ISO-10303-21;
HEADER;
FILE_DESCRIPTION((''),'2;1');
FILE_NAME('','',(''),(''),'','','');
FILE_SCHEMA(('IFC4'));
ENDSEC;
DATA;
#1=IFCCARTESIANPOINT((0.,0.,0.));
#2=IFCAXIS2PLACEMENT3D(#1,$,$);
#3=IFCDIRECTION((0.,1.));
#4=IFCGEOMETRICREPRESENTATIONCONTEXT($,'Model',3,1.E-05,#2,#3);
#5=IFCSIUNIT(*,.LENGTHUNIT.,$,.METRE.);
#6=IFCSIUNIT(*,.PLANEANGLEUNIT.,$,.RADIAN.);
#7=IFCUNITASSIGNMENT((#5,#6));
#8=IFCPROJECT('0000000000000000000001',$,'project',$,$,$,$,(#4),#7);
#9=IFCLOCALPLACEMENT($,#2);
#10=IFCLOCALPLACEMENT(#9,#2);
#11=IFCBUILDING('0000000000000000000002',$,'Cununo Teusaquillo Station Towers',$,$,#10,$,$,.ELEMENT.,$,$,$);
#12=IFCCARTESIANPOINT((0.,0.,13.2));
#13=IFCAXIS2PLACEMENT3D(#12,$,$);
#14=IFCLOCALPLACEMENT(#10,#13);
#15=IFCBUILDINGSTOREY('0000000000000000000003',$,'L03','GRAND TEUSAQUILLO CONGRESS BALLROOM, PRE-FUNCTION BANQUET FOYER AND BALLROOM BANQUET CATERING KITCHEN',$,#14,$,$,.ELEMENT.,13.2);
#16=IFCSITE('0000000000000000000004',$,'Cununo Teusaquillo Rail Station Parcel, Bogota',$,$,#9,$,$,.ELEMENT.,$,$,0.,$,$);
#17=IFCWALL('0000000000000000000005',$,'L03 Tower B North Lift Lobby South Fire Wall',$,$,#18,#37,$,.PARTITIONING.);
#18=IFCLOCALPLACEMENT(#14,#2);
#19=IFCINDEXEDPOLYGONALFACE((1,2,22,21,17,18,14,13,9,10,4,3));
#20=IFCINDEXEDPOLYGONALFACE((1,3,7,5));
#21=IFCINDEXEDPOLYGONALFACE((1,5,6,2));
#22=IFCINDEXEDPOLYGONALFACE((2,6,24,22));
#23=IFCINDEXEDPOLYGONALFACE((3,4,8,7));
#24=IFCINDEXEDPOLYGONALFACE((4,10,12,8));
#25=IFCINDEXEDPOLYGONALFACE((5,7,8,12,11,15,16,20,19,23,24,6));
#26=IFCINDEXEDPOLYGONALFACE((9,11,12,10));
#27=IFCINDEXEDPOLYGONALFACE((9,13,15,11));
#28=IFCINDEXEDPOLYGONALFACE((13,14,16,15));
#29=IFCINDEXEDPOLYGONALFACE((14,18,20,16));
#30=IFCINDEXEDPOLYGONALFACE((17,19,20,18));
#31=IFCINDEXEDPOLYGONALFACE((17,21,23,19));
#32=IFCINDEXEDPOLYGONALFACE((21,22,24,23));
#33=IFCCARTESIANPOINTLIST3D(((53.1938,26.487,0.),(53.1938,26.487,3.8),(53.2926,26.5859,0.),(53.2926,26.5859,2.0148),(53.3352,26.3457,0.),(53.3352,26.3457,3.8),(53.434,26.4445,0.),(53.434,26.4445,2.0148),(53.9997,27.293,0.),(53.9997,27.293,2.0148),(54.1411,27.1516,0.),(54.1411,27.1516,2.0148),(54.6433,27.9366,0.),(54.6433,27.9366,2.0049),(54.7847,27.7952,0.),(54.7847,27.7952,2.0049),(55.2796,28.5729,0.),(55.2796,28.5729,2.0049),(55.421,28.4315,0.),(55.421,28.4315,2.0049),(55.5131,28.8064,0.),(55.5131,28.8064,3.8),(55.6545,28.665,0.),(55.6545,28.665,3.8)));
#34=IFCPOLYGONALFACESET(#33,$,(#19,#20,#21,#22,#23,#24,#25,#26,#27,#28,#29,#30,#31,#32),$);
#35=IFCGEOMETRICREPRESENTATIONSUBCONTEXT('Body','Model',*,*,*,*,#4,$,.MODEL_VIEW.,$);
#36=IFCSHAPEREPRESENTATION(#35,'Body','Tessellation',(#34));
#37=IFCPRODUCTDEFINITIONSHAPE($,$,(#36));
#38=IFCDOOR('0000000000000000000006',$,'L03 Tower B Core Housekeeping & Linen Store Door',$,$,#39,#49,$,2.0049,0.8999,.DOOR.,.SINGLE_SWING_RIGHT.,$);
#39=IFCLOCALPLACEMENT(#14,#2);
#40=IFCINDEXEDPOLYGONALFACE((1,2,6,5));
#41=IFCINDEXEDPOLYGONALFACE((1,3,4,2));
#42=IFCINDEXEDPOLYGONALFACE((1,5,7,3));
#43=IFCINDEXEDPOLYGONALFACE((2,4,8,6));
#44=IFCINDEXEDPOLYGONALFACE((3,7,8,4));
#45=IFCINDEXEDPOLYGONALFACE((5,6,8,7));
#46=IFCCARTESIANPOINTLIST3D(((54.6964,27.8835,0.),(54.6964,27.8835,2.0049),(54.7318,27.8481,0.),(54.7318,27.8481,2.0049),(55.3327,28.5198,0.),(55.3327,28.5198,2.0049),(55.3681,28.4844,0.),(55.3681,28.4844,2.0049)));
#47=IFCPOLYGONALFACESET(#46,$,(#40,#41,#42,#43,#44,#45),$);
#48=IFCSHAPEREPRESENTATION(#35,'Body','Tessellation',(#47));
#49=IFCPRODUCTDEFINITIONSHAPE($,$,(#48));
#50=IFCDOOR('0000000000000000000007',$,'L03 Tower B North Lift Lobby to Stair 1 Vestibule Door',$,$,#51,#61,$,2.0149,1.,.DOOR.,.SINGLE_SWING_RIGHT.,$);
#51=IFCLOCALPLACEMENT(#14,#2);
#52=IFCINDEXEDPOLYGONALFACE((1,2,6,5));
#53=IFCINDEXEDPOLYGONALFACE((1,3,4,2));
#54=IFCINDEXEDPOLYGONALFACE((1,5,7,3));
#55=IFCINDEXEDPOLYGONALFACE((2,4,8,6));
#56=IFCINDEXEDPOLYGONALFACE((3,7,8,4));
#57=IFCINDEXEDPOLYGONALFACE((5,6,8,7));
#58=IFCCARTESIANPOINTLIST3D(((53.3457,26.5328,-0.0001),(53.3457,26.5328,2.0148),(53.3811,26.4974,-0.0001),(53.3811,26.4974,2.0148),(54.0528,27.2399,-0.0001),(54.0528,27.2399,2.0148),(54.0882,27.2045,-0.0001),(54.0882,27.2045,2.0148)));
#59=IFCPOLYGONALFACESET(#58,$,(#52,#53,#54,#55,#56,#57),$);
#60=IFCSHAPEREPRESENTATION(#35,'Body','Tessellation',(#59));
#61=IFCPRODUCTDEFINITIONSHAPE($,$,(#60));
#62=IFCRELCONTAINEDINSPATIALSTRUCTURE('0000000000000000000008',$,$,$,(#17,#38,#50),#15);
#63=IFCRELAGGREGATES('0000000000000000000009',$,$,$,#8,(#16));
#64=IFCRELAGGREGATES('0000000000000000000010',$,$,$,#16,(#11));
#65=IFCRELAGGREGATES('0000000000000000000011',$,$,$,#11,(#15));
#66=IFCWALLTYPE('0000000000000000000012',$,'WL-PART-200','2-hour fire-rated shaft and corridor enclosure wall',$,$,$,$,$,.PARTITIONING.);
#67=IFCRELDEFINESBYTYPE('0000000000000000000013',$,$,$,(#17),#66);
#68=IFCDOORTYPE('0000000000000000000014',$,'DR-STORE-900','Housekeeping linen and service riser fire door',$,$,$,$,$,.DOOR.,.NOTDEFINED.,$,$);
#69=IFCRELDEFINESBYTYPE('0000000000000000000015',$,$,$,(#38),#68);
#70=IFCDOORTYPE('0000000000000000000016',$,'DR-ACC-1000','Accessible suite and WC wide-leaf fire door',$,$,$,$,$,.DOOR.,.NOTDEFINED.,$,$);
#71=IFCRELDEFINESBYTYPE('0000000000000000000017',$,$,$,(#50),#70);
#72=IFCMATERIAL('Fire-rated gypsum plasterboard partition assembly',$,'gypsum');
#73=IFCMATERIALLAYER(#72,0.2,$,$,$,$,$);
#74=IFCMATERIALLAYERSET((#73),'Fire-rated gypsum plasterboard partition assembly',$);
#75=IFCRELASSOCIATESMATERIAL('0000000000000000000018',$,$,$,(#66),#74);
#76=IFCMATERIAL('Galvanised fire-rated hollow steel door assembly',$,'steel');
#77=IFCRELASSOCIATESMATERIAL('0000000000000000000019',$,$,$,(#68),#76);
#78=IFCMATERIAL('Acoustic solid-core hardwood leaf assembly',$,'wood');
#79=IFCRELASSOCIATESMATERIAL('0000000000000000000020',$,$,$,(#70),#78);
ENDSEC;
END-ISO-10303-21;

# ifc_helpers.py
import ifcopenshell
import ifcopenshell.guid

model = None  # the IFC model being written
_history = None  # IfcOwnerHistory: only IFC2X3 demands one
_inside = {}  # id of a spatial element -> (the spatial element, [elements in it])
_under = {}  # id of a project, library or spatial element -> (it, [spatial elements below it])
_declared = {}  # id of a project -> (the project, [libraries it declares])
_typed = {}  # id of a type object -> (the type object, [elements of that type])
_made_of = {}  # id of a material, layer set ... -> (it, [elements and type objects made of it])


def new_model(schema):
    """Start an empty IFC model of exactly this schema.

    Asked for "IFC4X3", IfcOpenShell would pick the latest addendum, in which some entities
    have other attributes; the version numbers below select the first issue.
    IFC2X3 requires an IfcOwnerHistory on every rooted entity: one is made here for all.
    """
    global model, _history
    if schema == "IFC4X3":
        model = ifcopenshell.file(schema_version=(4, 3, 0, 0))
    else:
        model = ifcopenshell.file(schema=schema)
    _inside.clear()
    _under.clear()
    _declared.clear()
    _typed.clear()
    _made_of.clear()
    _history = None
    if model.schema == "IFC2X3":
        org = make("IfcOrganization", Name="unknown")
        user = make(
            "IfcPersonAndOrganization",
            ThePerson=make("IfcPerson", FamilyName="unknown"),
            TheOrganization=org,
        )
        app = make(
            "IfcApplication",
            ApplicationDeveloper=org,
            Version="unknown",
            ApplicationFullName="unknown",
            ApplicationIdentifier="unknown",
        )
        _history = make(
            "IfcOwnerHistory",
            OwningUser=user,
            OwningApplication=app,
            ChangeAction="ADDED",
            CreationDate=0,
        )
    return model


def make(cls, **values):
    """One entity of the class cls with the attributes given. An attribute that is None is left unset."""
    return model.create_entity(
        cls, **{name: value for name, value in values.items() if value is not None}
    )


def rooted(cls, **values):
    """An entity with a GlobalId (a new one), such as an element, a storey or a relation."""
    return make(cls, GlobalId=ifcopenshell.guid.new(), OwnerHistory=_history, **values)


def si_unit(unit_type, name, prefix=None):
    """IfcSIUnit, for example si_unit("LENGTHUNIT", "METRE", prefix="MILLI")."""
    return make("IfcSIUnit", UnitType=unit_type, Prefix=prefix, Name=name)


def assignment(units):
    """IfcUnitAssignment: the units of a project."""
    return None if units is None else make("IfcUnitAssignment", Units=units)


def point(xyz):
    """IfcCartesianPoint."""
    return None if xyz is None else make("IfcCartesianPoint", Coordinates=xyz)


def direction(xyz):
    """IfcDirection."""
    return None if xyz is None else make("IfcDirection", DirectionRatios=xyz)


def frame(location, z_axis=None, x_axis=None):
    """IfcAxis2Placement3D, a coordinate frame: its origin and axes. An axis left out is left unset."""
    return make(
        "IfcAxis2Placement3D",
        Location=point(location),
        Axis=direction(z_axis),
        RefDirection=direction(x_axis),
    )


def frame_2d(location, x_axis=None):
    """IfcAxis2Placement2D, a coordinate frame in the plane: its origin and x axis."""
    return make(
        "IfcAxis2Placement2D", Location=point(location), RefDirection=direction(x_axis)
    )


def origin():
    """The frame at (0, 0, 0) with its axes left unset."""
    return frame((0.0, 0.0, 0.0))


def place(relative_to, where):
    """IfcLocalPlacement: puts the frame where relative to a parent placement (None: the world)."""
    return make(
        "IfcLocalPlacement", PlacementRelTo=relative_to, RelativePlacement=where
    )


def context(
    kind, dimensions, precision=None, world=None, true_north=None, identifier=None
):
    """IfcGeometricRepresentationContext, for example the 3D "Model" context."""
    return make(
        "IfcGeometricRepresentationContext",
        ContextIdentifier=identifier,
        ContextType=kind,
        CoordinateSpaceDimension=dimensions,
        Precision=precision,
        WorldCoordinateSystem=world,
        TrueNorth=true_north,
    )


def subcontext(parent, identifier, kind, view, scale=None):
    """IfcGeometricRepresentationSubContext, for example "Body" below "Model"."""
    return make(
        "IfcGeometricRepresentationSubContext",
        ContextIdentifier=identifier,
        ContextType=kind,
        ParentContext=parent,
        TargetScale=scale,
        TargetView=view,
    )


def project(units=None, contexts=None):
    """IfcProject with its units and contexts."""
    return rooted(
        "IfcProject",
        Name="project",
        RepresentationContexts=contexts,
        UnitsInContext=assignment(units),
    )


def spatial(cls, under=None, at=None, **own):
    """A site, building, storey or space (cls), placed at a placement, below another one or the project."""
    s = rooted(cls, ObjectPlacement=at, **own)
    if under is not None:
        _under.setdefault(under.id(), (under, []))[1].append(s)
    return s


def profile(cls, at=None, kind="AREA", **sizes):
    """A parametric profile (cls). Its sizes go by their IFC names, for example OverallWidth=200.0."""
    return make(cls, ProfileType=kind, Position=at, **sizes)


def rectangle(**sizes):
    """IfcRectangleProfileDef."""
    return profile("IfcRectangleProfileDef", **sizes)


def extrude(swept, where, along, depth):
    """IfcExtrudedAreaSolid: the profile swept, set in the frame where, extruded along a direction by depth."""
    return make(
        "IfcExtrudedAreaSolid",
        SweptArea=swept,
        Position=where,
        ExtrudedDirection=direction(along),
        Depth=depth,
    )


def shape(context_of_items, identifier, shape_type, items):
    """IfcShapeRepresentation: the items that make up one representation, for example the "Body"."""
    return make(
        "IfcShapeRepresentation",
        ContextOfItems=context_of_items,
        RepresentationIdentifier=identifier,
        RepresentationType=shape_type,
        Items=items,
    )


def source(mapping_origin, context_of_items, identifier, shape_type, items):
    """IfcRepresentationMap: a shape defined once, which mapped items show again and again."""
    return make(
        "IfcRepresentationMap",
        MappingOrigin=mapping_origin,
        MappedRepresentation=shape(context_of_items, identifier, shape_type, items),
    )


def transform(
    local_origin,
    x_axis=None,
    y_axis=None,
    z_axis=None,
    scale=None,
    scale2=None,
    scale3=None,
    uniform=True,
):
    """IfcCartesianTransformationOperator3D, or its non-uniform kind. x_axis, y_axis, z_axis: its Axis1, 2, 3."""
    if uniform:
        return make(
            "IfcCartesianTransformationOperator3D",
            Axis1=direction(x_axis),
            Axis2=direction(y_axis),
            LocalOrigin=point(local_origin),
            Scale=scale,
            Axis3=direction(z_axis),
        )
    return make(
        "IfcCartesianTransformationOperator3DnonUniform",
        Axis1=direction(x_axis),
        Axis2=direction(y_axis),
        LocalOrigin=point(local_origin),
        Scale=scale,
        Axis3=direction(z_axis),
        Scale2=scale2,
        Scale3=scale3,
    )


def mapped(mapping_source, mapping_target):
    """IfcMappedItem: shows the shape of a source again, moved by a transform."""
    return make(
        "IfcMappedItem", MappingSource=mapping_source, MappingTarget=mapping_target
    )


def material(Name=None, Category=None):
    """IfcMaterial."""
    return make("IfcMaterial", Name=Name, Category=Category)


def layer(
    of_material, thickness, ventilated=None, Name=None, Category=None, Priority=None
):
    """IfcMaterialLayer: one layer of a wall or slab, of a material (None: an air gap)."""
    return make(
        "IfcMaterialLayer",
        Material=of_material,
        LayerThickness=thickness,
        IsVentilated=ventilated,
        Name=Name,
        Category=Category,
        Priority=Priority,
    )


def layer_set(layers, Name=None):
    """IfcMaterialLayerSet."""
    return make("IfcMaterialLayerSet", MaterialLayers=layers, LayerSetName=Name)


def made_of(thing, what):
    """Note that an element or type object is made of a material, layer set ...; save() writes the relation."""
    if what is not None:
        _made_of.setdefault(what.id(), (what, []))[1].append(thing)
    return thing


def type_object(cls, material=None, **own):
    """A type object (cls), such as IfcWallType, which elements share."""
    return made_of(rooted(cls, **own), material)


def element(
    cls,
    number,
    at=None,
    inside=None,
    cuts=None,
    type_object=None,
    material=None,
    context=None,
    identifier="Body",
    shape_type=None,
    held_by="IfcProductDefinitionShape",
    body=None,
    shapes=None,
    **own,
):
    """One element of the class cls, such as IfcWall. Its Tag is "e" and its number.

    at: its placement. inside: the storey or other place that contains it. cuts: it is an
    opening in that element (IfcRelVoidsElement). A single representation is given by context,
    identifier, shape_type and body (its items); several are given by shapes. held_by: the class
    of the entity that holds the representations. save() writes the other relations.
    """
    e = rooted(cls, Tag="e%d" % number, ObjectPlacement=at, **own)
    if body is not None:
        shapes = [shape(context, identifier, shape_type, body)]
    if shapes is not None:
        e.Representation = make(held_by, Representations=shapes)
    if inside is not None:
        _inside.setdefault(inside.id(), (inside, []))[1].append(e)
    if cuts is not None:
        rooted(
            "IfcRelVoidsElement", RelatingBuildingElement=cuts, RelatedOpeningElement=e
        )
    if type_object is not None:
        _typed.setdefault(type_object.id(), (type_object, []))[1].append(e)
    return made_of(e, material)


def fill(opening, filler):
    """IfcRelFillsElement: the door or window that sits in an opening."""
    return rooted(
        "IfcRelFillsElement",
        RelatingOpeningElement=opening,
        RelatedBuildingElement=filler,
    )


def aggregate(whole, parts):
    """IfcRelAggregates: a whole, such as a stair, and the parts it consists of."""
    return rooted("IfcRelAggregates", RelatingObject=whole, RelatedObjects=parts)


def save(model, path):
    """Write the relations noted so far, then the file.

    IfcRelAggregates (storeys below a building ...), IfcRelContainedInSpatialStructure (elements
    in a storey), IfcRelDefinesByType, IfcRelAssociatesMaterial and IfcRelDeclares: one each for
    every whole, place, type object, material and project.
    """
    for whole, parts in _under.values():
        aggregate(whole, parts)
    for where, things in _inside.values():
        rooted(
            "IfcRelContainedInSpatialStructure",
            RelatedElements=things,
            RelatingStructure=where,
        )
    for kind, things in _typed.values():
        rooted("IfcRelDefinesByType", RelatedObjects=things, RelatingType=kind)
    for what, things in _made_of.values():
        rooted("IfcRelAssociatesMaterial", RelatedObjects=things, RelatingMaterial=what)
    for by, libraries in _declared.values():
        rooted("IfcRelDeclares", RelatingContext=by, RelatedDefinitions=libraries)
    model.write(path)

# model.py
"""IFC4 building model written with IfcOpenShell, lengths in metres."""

from ifc_helpers import new_model, si_unit, direction, frame, frame_2d, origin, place, context, subcontext, project, spatial, rectangle, extrude, source, transform, mapped, material, layer, layer_set, type_object, element, fill, save


model = new_model("IFC4")

# Units and contexts
model_context = context("Model", 3, precision=1e-05, world=origin(), true_north=direction((0.0, 1.0)))
body_context = subcontext(model_context, "Body", "Model", "MODEL_VIEW")
ifc_project = project(units=[si_unit("LENGTHUNIT", "METRE"), si_unit("PLANEANGLEUNIT", "RADIAN")], contexts=[model_context])

# Site, building, storey
site_placement = place(None, origin())
site = spatial("IfcSite", under=ifc_project, at=site_placement, Name="Cununo Teusaquillo Rail Station Parcel, Bogota", CompositionType="ELEMENT", RefElevation=0.0)
building_placement = place(site_placement, origin())
building = spatial("IfcBuilding", under=site, at=building_placement, Name="Cununo Teusaquillo Station Towers", CompositionType="ELEMENT")
storey_placement = place(building_placement, frame((0.0, 0.0, 13.2)))
storey = spatial("IfcBuildingStorey", under=building, at=storey_placement, Name="L03", Description="GRAND TEUSAQUILLO CONGRESS BALLROOM, PRE-FUNCTION BANQUET FOYER AND BALLROOM BANQUET CATERING KITCHEN", CompositionType="ELEMENT", Elevation=13.2)

# Shared definitions
ifc_material_1 = material(Name="Fire-rated gypsum plasterboard partition assembly", Category="gypsum")
ifc_layer_1 = layer(ifc_material_1, 0.2)
ifc_layer_set_1 = layer_set([ifc_layer_1], Name="Fire-rated gypsum plasterboard partition assembly")
wall_type_1 = type_object("IfcWallType", Name="WL-PART-200", Description="2-hour fire-rated shaft and corridor enclosure wall", PredefinedType="PARTITIONING", material=ifc_layer_set_1)

# Wall, openings, doors
wall_1_placement = place(storey_placement, frame((53.2644, 26.4163, 0.0), z_axis=(0.0, 0.0, 1.0), x_axis=(0.707107, 0.707107, 0.0)))
wall_1 = element("IfcWall", 1, at=wall_1_placement, inside=storey, type_object=wall_type_1, Name="L03 Tower B North Lift Lobby South Fire Wall", PredefinedType="PARTITIONING", context=body_context, shape_type="SweptSolid", body=[
    extrude(rectangle(XDim=3.28, YDim=0.2, at=frame_2d((1.6401, 0.0))), origin(), (0.0, 0.0, 1.0), 3.8),
])
shared_shape_1 = source(origin(), body_context, "Body", "SweptSolid", [
    extrude(rectangle(XDim=1.0, YDim=2.0149, at=frame_2d((0.5, 1.0073))), frame((0.0, 0.1099, 0.0), z_axis=(0.0, -1.0, 0.0), x_axis=(1.0, 0.0, 0.0)), (0.0, 0.0, 1.0), 0.22),
])
opening_1_placement = place(wall_1_placement, frame((0.1399, 0.0, 0.0)))
opening_1 = element("IfcOpeningElement", 2, at=opening_1_placement, cuts=wall_1, PredefinedType="OPENING", context=body_context, shape_type="MappedRepresentation", body=[
    mapped(shared_shape_1, transform((0.0, 0.0, 0.0), x_axis=(1.0, 0.0, 0.0), y_axis=(0.0, 1.0, 0.0), z_axis=(0.0, 0.0, 1.0), scale=1.0)),
])
shared_shape_2 = source(origin(), body_context, "Body", "SweptSolid", [
    extrude(rectangle(XDim=0.8999, YDim=2.0049, at=frame_2d((0.45, 1.0024))), frame((0.0, 0.1099, 0.0), z_axis=(0.0, -1.0, 0.0), x_axis=(1.0, 0.0, 0.0)), (0.0, 0.0, 1.0), 0.22),
])
opening_2_placement = place(wall_1_placement, frame((2.05, 0.0, 0.0)))
opening_2 = element("IfcOpeningElement", 3, at=opening_2_placement, cuts=wall_1, PredefinedType="OPENING", context=body_context, shape_type="MappedRepresentation", body=[
    mapped(shared_shape_2, transform((0.0, 0.0, 0.0), x_axis=(1.0, 0.0, 0.0), y_axis=(0.0, 1.0, 0.0), z_axis=(0.0, 0.0, 1.0), scale=1.0)),
])
ifc_material_2 = material(Name="Galvanised fire-rated hollow steel door assembly", Category="steel")
door_type_1 = type_object("IfcDoorType", Name="DR-STORE-900", Description="Housekeeping linen and service riser fire door", OperationType="NOTDEFINED", PredefinedType="DOOR", material=ifc_material_2)
shared_shape_3 = source(origin(), body_context, "Body", "SweptSolid", [
    extrude(rectangle(XDim=0.8999, YDim=2.0049, at=frame_2d((0.45, 1.0024))), frame((0.0, 0.0249, 0.0), z_axis=(0.0, -1.0, 0.0), x_axis=(1.0, 0.0, 0.0)), (0.0, 0.0, 1.0), 0.05),
])
door_1_placement = place(opening_2_placement, origin())
door_1 = element("IfcDoor", 4, at=door_1_placement, inside=storey, type_object=door_type_1, Name="L03 Tower B Core Housekeeping & Linen Store Door", OperationType="SINGLE_SWING_RIGHT", OverallHeight=2.0049, OverallWidth=0.8999, PredefinedType="DOOR", context=body_context, shape_type="MappedRepresentation", body=[
    mapped(shared_shape_3, transform((0.0, 0.0, 0.0), x_axis=(1.0, 0.0, 0.0), y_axis=(0.0, 1.0, 0.0), z_axis=(0.0, 0.0, 1.0), scale=1.0)),
])
fill(opening_2, door_1)
ifc_material_3 = material(Name="Acoustic solid-core hardwood leaf assembly", Category="wood")
door_type_2 = type_object("IfcDoorType", Name="DR-ACC-1000", Description="Accessible suite and WC wide-leaf fire door", OperationType="NOTDEFINED", PredefinedType="DOOR", material=ifc_material_3)
shared_shape_4 = source(origin(), body_context, "Body", "SweptSolid", [
    extrude(rectangle(XDim=1.0, YDim=2.0149, at=frame_2d((0.5, 1.0073))), frame((0.0, 0.0249, 0.0), z_axis=(0.0, -1.0, 0.0), x_axis=(1.0, 0.0, 0.0)), (0.0, 0.0, 1.0), 0.05),
])
door_2_placement = place(opening_1_placement, origin())
door_2 = element("IfcDoor", 5, at=door_2_placement, inside=storey, type_object=door_type_2, Name="L03 Tower B North Lift Lobby to Stair 1 Vestibule Door", OperationType="SINGLE_SWING_RIGHT", OverallHeight=2.0149, OverallWidth=1.0, PredefinedType="DOOR", context=body_context, shape_type="MappedRepresentation", body=[
    mapped(shared_shape_4, transform((0.0, 0.0, 0.0), x_axis=(1.0, 0.0, 0.0), y_axis=(0.0, 1.0, 0.0), z_axis=(0.0, 0.0, 1.0), scale=1.0)),
])
fill(opening_1, door_2)

save(model, "model.ifc")
